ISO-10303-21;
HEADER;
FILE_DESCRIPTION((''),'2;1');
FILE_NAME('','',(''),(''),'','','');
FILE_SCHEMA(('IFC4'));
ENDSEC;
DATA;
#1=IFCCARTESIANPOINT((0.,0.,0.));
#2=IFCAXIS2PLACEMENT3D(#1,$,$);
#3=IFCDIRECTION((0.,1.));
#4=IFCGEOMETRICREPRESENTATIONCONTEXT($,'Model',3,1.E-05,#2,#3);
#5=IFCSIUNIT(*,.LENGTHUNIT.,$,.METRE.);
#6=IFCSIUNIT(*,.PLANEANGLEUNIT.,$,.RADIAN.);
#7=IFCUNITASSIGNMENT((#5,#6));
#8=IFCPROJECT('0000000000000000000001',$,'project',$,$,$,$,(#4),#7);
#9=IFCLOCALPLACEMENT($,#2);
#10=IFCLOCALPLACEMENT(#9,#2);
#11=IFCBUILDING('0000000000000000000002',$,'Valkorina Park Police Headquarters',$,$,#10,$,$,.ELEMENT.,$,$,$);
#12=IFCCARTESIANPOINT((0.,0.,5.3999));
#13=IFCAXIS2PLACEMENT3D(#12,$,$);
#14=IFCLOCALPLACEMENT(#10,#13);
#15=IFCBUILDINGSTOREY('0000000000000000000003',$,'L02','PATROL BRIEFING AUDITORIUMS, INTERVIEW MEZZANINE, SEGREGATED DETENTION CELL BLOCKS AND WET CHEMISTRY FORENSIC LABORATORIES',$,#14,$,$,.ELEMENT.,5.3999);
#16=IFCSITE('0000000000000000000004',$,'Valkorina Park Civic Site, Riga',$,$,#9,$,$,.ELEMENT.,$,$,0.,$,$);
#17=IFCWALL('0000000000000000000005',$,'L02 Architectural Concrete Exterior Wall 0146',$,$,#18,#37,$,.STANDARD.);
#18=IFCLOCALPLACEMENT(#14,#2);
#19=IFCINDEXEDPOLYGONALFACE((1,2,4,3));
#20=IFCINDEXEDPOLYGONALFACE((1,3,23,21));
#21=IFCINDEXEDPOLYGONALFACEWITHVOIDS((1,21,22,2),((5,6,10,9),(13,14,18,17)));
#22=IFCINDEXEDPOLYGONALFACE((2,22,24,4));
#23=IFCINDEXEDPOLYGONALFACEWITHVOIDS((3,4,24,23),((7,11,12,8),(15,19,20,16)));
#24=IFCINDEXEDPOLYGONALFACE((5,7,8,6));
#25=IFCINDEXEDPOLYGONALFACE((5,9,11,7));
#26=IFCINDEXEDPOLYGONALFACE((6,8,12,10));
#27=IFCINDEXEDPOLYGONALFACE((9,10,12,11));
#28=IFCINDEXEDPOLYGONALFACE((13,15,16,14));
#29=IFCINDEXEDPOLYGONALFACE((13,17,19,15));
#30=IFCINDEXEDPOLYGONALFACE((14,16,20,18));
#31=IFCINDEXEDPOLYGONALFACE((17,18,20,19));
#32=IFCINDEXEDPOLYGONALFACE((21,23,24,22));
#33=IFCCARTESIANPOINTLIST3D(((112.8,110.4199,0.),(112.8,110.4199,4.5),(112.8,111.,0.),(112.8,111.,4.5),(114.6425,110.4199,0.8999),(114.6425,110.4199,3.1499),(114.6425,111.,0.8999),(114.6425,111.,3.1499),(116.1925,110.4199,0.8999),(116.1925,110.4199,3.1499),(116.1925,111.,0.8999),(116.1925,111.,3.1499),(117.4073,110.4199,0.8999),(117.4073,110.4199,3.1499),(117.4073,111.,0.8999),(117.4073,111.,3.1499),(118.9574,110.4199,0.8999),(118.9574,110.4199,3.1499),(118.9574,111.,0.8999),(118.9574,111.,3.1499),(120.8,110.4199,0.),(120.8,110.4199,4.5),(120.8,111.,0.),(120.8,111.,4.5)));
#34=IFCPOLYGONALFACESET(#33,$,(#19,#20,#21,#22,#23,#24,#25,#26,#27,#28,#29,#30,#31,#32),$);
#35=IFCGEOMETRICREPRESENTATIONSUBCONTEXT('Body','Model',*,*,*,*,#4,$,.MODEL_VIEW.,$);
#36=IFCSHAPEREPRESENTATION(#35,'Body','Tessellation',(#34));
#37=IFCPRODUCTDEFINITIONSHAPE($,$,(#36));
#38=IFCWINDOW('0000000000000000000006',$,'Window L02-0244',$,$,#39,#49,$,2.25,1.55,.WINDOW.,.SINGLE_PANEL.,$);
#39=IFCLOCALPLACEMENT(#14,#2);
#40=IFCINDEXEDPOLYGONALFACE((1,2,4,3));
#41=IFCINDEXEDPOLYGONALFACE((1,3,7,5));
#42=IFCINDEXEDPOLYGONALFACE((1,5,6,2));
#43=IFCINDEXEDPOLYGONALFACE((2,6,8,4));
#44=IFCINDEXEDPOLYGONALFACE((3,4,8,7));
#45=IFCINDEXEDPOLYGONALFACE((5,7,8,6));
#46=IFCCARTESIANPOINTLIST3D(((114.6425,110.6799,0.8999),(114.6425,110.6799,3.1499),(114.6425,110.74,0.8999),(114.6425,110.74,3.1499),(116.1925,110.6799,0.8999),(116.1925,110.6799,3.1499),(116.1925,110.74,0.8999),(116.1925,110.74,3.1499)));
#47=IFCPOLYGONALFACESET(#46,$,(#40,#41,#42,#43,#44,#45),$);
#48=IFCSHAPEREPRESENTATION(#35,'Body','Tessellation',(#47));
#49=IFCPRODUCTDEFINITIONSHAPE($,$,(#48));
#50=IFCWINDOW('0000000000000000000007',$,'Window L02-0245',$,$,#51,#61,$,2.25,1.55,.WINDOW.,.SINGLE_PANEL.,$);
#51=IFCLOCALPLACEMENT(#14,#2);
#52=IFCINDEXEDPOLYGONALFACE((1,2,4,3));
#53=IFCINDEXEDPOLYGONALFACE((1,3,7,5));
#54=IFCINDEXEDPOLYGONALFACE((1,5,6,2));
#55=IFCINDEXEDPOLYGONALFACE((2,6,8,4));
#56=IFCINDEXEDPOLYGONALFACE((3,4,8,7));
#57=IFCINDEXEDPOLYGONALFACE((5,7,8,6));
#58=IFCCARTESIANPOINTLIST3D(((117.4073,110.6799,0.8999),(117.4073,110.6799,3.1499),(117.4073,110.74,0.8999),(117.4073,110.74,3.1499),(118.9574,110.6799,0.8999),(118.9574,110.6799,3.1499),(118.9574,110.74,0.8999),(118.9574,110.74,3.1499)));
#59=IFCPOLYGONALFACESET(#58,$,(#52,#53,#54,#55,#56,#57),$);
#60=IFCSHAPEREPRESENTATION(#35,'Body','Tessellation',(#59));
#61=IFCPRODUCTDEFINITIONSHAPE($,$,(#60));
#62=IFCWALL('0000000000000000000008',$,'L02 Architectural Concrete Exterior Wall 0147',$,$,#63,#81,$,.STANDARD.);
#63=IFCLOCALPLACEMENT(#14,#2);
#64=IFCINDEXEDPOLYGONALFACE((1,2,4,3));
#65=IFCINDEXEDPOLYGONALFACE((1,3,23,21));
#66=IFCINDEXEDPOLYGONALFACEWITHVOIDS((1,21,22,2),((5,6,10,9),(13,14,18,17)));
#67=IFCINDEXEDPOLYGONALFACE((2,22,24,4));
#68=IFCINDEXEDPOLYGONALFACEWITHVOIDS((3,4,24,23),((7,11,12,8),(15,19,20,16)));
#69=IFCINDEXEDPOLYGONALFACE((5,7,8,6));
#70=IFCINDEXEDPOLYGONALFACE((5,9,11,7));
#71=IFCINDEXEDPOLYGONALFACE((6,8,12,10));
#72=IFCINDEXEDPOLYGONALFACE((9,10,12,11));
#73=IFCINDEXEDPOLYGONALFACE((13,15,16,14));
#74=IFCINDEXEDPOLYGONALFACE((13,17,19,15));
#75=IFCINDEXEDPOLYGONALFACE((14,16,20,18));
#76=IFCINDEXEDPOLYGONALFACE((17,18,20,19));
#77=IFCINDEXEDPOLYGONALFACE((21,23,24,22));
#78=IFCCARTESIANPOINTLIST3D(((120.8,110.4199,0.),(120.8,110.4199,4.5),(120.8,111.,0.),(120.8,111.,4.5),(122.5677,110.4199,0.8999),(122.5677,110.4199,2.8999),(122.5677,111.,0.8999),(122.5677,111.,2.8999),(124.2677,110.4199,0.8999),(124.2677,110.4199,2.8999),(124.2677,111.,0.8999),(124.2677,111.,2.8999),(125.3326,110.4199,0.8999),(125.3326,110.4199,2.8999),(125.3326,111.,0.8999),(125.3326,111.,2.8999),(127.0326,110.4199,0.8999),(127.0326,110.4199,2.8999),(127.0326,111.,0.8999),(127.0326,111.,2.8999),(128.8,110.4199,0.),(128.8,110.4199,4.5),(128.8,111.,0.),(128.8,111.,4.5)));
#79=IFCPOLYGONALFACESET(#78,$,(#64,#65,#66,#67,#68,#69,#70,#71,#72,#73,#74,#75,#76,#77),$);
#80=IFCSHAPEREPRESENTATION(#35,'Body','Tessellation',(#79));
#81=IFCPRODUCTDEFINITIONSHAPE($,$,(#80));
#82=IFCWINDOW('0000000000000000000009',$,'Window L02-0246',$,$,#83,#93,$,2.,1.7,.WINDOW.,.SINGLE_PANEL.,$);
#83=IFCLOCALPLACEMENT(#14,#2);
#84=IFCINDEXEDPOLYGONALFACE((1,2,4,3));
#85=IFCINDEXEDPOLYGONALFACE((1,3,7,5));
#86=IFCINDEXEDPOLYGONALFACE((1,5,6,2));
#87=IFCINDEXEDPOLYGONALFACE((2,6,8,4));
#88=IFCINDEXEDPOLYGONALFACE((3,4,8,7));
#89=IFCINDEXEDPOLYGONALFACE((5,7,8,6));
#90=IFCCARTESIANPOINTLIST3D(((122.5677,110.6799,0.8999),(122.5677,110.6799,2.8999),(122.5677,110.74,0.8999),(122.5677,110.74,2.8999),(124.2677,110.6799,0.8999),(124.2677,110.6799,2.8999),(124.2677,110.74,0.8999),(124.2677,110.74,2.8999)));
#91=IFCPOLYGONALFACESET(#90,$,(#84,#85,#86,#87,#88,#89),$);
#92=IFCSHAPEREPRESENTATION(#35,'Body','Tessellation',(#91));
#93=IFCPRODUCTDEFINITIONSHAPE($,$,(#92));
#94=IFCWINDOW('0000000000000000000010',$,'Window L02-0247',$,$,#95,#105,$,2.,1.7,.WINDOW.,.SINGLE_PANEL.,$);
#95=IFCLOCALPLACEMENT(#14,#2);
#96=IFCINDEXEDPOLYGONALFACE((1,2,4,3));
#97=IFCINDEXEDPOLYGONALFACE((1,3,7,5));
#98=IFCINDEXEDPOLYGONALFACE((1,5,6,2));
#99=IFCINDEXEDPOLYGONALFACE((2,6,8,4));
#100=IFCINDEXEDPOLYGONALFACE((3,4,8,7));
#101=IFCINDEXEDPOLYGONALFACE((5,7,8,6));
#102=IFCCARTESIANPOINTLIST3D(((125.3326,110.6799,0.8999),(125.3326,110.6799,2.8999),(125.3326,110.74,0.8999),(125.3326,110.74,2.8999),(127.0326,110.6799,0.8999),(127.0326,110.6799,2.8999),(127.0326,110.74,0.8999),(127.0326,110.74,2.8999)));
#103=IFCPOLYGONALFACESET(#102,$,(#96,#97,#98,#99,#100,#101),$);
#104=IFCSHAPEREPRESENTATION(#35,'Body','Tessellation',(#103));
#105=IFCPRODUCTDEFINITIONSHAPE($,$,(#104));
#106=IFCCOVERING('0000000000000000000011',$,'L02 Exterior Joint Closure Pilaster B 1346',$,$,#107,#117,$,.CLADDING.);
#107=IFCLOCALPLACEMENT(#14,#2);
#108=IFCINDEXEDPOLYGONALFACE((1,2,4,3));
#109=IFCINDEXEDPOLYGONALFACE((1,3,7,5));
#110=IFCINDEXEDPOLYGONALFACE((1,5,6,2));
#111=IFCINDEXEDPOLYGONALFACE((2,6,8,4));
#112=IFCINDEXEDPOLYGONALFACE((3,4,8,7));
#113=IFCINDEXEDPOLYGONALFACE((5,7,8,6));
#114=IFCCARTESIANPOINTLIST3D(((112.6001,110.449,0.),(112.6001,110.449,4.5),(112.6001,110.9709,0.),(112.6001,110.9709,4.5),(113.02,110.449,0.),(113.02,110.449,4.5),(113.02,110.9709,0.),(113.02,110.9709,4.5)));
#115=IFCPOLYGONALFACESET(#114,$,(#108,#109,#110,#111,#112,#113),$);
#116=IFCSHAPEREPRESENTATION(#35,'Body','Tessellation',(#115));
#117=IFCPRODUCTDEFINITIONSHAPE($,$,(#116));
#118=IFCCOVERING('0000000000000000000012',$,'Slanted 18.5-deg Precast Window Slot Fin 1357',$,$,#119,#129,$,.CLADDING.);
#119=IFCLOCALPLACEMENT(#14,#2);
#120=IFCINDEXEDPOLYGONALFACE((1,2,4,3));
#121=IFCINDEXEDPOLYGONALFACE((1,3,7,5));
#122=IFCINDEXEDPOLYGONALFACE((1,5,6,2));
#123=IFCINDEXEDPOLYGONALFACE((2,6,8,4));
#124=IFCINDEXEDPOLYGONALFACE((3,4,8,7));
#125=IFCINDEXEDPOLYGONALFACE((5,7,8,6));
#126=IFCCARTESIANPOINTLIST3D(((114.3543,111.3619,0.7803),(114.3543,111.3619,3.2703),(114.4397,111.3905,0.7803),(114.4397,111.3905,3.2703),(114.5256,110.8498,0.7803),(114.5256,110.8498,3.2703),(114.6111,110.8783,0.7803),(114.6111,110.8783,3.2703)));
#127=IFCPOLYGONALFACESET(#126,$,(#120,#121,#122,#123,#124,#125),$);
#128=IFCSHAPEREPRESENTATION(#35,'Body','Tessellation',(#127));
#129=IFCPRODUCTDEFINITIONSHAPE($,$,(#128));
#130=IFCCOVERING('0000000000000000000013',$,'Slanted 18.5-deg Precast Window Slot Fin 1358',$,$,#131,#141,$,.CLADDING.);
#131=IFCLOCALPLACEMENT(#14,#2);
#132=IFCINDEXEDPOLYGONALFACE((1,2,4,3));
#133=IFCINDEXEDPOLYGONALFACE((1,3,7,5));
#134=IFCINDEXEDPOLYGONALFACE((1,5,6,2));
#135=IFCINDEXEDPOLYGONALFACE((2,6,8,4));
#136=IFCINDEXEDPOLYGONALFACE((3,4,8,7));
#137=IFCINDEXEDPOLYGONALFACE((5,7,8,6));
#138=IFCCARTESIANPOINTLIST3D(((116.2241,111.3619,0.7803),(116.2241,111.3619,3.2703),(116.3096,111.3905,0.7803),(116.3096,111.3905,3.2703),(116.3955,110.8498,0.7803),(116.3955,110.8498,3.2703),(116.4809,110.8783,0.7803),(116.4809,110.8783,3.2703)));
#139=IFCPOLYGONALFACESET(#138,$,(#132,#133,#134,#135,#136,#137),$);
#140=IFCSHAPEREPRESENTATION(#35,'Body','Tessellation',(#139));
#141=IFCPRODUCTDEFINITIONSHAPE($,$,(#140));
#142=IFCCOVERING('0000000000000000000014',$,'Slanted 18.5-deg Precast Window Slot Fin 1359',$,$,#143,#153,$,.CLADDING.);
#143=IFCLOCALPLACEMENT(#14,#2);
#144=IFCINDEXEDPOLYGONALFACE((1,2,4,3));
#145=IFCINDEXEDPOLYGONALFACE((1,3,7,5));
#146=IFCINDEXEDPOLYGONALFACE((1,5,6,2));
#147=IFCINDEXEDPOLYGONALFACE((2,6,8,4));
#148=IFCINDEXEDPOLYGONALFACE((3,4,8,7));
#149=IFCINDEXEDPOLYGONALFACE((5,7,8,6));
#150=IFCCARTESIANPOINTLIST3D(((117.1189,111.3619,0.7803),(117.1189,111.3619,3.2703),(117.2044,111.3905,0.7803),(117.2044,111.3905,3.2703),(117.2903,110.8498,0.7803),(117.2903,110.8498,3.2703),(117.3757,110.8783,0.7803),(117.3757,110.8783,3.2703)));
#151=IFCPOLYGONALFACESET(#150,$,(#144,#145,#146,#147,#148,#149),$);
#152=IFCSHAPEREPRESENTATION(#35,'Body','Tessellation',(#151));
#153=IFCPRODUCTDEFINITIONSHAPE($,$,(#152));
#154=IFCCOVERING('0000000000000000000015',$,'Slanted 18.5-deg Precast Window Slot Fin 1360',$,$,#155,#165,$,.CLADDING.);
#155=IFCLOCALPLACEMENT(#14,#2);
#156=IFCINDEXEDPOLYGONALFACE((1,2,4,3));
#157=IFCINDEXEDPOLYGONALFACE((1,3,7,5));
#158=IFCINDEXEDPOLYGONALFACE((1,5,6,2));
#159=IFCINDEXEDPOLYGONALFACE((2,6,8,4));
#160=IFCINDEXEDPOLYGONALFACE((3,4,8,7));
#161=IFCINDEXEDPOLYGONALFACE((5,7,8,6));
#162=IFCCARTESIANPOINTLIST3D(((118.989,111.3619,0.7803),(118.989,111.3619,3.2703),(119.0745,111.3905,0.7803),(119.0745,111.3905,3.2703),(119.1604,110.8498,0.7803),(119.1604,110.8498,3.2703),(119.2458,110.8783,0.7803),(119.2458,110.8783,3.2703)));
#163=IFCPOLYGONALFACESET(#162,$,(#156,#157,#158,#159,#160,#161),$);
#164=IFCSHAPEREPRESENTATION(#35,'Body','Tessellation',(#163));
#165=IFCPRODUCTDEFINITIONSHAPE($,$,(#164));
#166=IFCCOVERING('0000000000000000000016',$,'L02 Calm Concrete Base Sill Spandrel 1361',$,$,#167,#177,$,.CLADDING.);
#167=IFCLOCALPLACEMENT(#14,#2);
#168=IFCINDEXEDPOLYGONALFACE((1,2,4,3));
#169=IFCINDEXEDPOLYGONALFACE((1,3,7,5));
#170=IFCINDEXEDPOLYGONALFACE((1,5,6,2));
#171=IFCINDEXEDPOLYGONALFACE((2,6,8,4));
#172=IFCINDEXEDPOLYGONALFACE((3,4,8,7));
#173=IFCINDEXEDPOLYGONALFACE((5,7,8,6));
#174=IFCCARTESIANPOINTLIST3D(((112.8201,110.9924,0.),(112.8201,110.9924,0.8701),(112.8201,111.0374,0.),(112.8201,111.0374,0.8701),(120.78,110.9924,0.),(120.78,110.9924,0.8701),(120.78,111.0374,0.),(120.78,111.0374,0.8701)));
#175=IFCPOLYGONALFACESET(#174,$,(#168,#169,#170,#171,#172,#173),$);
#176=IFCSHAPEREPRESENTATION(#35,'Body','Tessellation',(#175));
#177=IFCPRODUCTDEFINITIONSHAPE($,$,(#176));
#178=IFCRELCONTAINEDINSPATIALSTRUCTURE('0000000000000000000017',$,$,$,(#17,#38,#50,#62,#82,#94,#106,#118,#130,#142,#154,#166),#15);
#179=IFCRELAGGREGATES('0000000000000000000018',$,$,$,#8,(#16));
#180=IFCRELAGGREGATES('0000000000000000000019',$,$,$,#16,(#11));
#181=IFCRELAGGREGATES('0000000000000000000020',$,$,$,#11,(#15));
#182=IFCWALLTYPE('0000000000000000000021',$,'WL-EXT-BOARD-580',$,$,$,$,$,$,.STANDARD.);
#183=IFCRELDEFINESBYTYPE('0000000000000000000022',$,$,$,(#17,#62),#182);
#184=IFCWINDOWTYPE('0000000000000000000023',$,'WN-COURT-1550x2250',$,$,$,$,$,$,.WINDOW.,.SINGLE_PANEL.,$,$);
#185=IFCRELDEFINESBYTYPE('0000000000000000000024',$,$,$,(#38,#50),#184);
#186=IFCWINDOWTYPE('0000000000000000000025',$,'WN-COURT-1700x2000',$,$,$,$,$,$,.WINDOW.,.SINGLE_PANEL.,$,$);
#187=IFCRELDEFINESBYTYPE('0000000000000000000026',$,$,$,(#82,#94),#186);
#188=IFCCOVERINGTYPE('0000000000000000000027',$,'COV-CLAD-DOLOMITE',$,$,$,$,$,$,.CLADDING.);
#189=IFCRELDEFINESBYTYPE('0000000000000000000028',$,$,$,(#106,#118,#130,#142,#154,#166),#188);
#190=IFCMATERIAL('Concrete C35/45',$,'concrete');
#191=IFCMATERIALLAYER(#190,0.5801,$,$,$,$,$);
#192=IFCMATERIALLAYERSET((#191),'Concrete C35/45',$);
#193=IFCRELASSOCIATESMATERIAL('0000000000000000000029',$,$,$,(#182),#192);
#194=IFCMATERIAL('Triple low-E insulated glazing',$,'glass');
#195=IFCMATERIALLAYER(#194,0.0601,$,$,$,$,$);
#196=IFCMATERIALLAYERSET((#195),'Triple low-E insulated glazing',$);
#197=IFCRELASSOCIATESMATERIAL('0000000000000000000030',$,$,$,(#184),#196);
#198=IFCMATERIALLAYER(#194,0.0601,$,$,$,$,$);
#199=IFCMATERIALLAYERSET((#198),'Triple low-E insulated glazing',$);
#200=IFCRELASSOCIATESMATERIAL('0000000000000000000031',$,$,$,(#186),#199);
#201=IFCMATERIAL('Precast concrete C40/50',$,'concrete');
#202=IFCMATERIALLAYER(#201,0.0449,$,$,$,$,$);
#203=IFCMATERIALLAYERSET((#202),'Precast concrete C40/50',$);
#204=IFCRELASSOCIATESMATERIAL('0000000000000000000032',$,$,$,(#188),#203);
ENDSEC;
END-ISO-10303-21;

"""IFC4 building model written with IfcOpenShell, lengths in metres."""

from ifc_helpers import new_model, si_unit, direction, frame, frame_2d, origin, origin_2d, place, context, subcontext, project, spatial, rectangle, extrude, material, layer, layer_set, type_object, element, fill, save


model = new_model("IFC4")

# Units and contexts
model_context = context("Model", 3, precision=1e-05, world=origin(), true_north=direction((0.0, 1.0)))
body_context = subcontext(model_context, "Body", "Model", "MODEL_VIEW")
ifc_project = project(units=[si_unit("LENGTHUNIT", "METRE"), si_unit("PLANEANGLEUNIT", "RADIAN")], contexts=[model_context])

# Site, building, storey
site_placement = place(None, origin())
site = spatial("IfcSite", under=ifc_project, at=site_placement, Name="Valkorina Park Civic Site, Riga", CompositionType="ELEMENT", RefElevation=0.0)
building_placement = place(site_placement, origin())
building = spatial("IfcBuilding", under=site, at=building_placement, Name="Valkorina Park Police Headquarters", CompositionType="ELEMENT")
storey_placement = place(building_placement, frame((0.0, 0.0, 5.3999)))
storey = spatial("IfcBuildingStorey", under=building, at=storey_placement, Name="L02", Description="PATROL BRIEFING AUDITORIUMS, INTERVIEW MEZZANINE, SEGREGATED DETENTION CELL BLOCKS AND WET CHEMISTRY FORENSIC LABORATORIES", CompositionType="ELEMENT", Elevation=5.3999)

# Walls, openings, windows
ifc_material_1 = material(Name="Concrete C35/45", Category="concrete")
ifc_layer_1 = layer(ifc_material_1, 0.5801)
ifc_layer_set_1 = layer_set([ifc_layer_1], Name="Concrete C35/45")
wall_type = type_object("IfcWallType", Name="WL-EXT-BOARD-580", PredefinedType="STANDARD", material=ifc_layer_set_1)
wall_1_placement = place(storey_placement, frame((112.8, 110.71, 0.0), z_axis=(0.0, 0.0, 1.0), x_axis=(1.0, 0.0, 0.0)))
wall_1 = element("IfcWall", 1, at=wall_1_placement, inside=storey, type_object=wall_type, Name="L02 Architectural Concrete Exterior Wall 0146", PredefinedType="STANDARD", context=body_context, shape_type="SweptSolid", body=[
    extrude(rectangle(XDim=8.0, YDim=0.5801, at=frame_2d((4.0, 0.0))), origin(), (0.0, 0.0, 1.0), 4.5),
])
opening_1_placement = place(wall_1_placement, frame((1.8425, 0.0, 0.8999)))
opening_1 = element("IfcOpeningElement", 2, at=opening_1_placement, cuts=wall_1, PredefinedType="OPENING", context=body_context, shape_type="SweptSolid", body=[
    extrude(rectangle(XDim=1.55, YDim=2.25, at=frame_2d((0.7749, 1.125))), frame((0.0, 0.3, 0.0), z_axis=(0.0, -1.0, 0.0), x_axis=(1.0, 0.0, 0.0)), (0.0, 0.0, 1.0), 0.6001),
])
opening_2_placement = place(wall_1_placement, frame((4.6074, 0.0, 0.8999)))
opening_2 = element("IfcOpeningElement", 3, at=opening_2_placement, cuts=wall_1, PredefinedType="OPENING", context=body_context, shape_type="SweptSolid", body=[
    extrude(rectangle(XDim=1.55, YDim=2.25, at=frame_2d((0.7749, 1.125))), frame((0.0, 0.3, 0.0), z_axis=(0.0, -1.0, 0.0), x_axis=(1.0, 0.0, 0.0)), (0.0, 0.0, 1.0), 0.6001),
])
ifc_material_2 = material(Name="Triple low-E insulated glazing", Category="glass")
ifc_layer_2 = layer(ifc_material_2, 0.0601)
ifc_layer_set_2 = layer_set([ifc_layer_2], Name="Triple low-E insulated glazing")
window_type_1 = type_object("IfcWindowType", Name="WN-COURT-1550x2250", PartitioningType="SINGLE_PANEL", PredefinedType="WINDOW", material=ifc_layer_set_2)
window_1_placement = place(opening_1_placement, origin())
window_1 = element("IfcWindow", 4, at=window_1_placement, inside=storey, type_object=window_type_1, Name="Window L02-0244", OverallHeight=2.25, OverallWidth=1.55, PartitioningType="SINGLE_PANEL", PredefinedType="WINDOW", context=body_context, shape_type="SweptSolid", body=[
    extrude(rectangle(XDim=1.55, YDim=2.25, at=frame_2d((0.7749, 1.125))), frame((0.0, 0.03, 0.0), z_axis=(0.0, -1.0, 0.0), x_axis=(1.0, 0.0, 0.0)), (0.0, 0.0, 1.0), 0.0601),
])
fill(opening_1, window_1)
window_2_placement = place(opening_2_placement, origin())
window_2 = element("IfcWindow", 5, at=window_2_placement, inside=storey, type_object=window_type_1, Name="Window L02-0245", OverallHeight=2.25, OverallWidth=1.55, PartitioningType="SINGLE_PANEL", PredefinedType="WINDOW", context=body_context, shape_type="SweptSolid", body=[
    extrude(rectangle(XDim=1.55, YDim=2.25, at=frame_2d((0.7749, 1.125))), frame((0.0, 0.03, 0.0), z_axis=(0.0, -1.0, 0.0), x_axis=(1.0, 0.0, 0.0)), (0.0, 0.0, 1.0), 0.0601),
])
fill(opening_2, window_2)
wall_2_placement = place(storey_placement, frame((120.8, 110.71, 0.0), z_axis=(0.0, 0.0, 1.0), x_axis=(1.0, 0.0, 0.0)))
wall_2 = element("IfcWall", 6, at=wall_2_placement, inside=storey, type_object=wall_type, Name="L02 Architectural Concrete Exterior Wall 0147", PredefinedType="STANDARD", context=body_context, shape_type="SweptSolid", body=[
    extrude(rectangle(XDim=8.0, YDim=0.5801, at=frame_2d((4.0, 0.0))), origin(), (0.0, 0.0, 1.0), 4.5),
])
opening_3_placement = place(wall_2_placement, frame((1.7676, 0.0, 0.8999)))
opening_3 = element("IfcOpeningElement", 7, at=opening_3_placement, cuts=wall_2, PredefinedType="OPENING", context=body_context, shape_type="SweptSolid", body=[
    extrude(rectangle(XDim=1.7, YDim=2.0, at=frame_2d((0.8501, 1.0))), frame((0.0, 0.3, 0.0), z_axis=(0.0, -1.0, 0.0), x_axis=(1.0, 0.0, 0.0)), (0.0, 0.0, 1.0), 0.6001),
])
opening_4_placement = place(wall_2_placement, frame((4.5325, 0.0, 0.8999)))
opening_4 = element("IfcOpeningElement", 8, at=opening_4_placement, cuts=wall_2, PredefinedType="OPENING", context=body_context, shape_type="SweptSolid", body=[
    extrude(rectangle(XDim=1.7, YDim=2.0, at=frame_2d((0.8501, 1.0))), frame((0.0, 0.3, 0.0), z_axis=(0.0, -1.0, 0.0), x_axis=(1.0, 0.0, 0.0)), (0.0, 0.0, 1.0), 0.6001),
])
ifc_layer_3 = layer(ifc_material_2, 0.0601)
ifc_layer_set_3 = layer_set([ifc_layer_3], Name="Triple low-E insulated glazing")
window_type_2 = type_object("IfcWindowType", Name="WN-COURT-1700x2000", PartitioningType="SINGLE_PANEL", PredefinedType="WINDOW", material=ifc_layer_set_3)
window_3_placement = place(opening_3_placement, origin())
window_3 = element("IfcWindow", 9, at=window_3_placement, inside=storey, type_object=window_type_2, Name="Window L02-0246", OverallHeight=2.0, OverallWidth=1.7, PartitioningType="SINGLE_PANEL", PredefinedType="WINDOW", context=body_context, shape_type="SweptSolid", body=[
    extrude(rectangle(XDim=1.7, YDim=2.0, at=frame_2d((0.8501, 1.0))), frame((0.0, 0.03, 0.0), z_axis=(0.0, -1.0, 0.0), x_axis=(1.0, 0.0, 0.0)), (0.0, 0.0, 1.0), 0.0601),
])
fill(opening_3, window_3)
window_4_placement = place(opening_4_placement, origin())
window_4 = element("IfcWindow", 10, at=window_4_placement, inside=storey, type_object=window_type_2, Name="Window L02-0247", OverallHeight=2.0, OverallWidth=1.7, PartitioningType="SINGLE_PANEL", PredefinedType="WINDOW", context=body_context, shape_type="SweptSolid", body=[
    extrude(rectangle(XDim=1.7, YDim=2.0, at=frame_2d((0.8501, 1.0))), frame((0.0, 0.03, 0.0), z_axis=(0.0, -1.0, 0.0), x_axis=(1.0, 0.0, 0.0)), (0.0, 0.0, 1.0), 0.0601),
])
fill(opening_4, window_4)

# Coverings
ifc_material_3 = material(Name="Precast concrete C40/50", Category="concrete")
ifc_layer_4 = layer(ifc_material_3, 0.0449)
ifc_layer_set_4 = layer_set([ifc_layer_4], Name="Precast concrete C40/50")
covering_type = type_object("IfcCoveringType", Name="COV-CLAD-DOLOMITE", PredefinedType="CLADDING", material=ifc_layer_set_4)
covering_1_placement = place(storey_placement, frame((112.8101, 110.71, 0.0), z_axis=(0.0, 0.0, 1.0), x_axis=(1.0, 0.0, 0.0)))
element("IfcCovering", 11, at=covering_1_placement, inside=storey, type_object=covering_type, Name="L02 Exterior Joint Closure Pilaster B 1346", PredefinedType="CLADDING", context=body_context, shape_type="SweptSolid", body=[
    extrude(rectangle(XDim=0.4199, YDim=0.522, at=origin_2d()), origin(), (0.0, 0.0, 1.0), 4.5),
])
for number, where, z_axis, x_axis, name in (
    (12, (114.4827, 111.1201, 0.7803), (0.0, 0.0, 1.0), (-0.317305, 0.948324, 0.0), "Slanted 18.5-deg Precast Window Slot Fin 1357"),
    (13, (116.3525, 111.1201, 0.7803), (0.0, 0.0, 1.0), (-0.317305, 0.948324, 0.0), "Slanted 18.5-deg Precast Window Slot Fin 1358"),
    (14, (117.2473, 111.1201, 0.7803), (0.0, 0.0, 1.0), (-0.317305, 0.948324, 0.0), "Slanted 18.5-deg Precast Window Slot Fin 1359"),
    (15, (119.1174, 111.1201, 0.7803), (0.0, 0.0, 1.0), (-0.317305, 0.948324, 0.0), "Slanted 18.5-deg Precast Window Slot Fin 1360"),
):
    element("IfcCovering", number, at=place(storey_placement, frame(where, z_axis=z_axis, x_axis=x_axis)), inside=storey, type_object=covering_type, Name=name, PredefinedType="CLADDING", context=body_context, shape_type="SweptSolid", body=[
        extrude(rectangle(XDim=0.54, YDim=0.0901, at=origin_2d()), origin(), (0.0, 0.0, 1.0), 2.49),
    ])
covering_2_placement = place(storey_placement, frame((112.8201, 111.0149, 0.0), z_axis=(0.0, 0.0, 1.0), x_axis=(1.0, 0.0, 0.0)))
element("IfcCovering", 16, at=covering_2_placement, inside=storey, type_object=covering_type, Name="L02 Calm Concrete Base Sill Spandrel 1361", PredefinedType="CLADDING", context=body_context, shape_type="SweptSolid", body=[
    extrude(rectangle(XDim=7.96, YDim=0.0449, at=frame_2d((3.98, 0.0))), origin(), (0.0, 0.0, 1.0), 0.8701),
])

save(model, "model.ifc")
